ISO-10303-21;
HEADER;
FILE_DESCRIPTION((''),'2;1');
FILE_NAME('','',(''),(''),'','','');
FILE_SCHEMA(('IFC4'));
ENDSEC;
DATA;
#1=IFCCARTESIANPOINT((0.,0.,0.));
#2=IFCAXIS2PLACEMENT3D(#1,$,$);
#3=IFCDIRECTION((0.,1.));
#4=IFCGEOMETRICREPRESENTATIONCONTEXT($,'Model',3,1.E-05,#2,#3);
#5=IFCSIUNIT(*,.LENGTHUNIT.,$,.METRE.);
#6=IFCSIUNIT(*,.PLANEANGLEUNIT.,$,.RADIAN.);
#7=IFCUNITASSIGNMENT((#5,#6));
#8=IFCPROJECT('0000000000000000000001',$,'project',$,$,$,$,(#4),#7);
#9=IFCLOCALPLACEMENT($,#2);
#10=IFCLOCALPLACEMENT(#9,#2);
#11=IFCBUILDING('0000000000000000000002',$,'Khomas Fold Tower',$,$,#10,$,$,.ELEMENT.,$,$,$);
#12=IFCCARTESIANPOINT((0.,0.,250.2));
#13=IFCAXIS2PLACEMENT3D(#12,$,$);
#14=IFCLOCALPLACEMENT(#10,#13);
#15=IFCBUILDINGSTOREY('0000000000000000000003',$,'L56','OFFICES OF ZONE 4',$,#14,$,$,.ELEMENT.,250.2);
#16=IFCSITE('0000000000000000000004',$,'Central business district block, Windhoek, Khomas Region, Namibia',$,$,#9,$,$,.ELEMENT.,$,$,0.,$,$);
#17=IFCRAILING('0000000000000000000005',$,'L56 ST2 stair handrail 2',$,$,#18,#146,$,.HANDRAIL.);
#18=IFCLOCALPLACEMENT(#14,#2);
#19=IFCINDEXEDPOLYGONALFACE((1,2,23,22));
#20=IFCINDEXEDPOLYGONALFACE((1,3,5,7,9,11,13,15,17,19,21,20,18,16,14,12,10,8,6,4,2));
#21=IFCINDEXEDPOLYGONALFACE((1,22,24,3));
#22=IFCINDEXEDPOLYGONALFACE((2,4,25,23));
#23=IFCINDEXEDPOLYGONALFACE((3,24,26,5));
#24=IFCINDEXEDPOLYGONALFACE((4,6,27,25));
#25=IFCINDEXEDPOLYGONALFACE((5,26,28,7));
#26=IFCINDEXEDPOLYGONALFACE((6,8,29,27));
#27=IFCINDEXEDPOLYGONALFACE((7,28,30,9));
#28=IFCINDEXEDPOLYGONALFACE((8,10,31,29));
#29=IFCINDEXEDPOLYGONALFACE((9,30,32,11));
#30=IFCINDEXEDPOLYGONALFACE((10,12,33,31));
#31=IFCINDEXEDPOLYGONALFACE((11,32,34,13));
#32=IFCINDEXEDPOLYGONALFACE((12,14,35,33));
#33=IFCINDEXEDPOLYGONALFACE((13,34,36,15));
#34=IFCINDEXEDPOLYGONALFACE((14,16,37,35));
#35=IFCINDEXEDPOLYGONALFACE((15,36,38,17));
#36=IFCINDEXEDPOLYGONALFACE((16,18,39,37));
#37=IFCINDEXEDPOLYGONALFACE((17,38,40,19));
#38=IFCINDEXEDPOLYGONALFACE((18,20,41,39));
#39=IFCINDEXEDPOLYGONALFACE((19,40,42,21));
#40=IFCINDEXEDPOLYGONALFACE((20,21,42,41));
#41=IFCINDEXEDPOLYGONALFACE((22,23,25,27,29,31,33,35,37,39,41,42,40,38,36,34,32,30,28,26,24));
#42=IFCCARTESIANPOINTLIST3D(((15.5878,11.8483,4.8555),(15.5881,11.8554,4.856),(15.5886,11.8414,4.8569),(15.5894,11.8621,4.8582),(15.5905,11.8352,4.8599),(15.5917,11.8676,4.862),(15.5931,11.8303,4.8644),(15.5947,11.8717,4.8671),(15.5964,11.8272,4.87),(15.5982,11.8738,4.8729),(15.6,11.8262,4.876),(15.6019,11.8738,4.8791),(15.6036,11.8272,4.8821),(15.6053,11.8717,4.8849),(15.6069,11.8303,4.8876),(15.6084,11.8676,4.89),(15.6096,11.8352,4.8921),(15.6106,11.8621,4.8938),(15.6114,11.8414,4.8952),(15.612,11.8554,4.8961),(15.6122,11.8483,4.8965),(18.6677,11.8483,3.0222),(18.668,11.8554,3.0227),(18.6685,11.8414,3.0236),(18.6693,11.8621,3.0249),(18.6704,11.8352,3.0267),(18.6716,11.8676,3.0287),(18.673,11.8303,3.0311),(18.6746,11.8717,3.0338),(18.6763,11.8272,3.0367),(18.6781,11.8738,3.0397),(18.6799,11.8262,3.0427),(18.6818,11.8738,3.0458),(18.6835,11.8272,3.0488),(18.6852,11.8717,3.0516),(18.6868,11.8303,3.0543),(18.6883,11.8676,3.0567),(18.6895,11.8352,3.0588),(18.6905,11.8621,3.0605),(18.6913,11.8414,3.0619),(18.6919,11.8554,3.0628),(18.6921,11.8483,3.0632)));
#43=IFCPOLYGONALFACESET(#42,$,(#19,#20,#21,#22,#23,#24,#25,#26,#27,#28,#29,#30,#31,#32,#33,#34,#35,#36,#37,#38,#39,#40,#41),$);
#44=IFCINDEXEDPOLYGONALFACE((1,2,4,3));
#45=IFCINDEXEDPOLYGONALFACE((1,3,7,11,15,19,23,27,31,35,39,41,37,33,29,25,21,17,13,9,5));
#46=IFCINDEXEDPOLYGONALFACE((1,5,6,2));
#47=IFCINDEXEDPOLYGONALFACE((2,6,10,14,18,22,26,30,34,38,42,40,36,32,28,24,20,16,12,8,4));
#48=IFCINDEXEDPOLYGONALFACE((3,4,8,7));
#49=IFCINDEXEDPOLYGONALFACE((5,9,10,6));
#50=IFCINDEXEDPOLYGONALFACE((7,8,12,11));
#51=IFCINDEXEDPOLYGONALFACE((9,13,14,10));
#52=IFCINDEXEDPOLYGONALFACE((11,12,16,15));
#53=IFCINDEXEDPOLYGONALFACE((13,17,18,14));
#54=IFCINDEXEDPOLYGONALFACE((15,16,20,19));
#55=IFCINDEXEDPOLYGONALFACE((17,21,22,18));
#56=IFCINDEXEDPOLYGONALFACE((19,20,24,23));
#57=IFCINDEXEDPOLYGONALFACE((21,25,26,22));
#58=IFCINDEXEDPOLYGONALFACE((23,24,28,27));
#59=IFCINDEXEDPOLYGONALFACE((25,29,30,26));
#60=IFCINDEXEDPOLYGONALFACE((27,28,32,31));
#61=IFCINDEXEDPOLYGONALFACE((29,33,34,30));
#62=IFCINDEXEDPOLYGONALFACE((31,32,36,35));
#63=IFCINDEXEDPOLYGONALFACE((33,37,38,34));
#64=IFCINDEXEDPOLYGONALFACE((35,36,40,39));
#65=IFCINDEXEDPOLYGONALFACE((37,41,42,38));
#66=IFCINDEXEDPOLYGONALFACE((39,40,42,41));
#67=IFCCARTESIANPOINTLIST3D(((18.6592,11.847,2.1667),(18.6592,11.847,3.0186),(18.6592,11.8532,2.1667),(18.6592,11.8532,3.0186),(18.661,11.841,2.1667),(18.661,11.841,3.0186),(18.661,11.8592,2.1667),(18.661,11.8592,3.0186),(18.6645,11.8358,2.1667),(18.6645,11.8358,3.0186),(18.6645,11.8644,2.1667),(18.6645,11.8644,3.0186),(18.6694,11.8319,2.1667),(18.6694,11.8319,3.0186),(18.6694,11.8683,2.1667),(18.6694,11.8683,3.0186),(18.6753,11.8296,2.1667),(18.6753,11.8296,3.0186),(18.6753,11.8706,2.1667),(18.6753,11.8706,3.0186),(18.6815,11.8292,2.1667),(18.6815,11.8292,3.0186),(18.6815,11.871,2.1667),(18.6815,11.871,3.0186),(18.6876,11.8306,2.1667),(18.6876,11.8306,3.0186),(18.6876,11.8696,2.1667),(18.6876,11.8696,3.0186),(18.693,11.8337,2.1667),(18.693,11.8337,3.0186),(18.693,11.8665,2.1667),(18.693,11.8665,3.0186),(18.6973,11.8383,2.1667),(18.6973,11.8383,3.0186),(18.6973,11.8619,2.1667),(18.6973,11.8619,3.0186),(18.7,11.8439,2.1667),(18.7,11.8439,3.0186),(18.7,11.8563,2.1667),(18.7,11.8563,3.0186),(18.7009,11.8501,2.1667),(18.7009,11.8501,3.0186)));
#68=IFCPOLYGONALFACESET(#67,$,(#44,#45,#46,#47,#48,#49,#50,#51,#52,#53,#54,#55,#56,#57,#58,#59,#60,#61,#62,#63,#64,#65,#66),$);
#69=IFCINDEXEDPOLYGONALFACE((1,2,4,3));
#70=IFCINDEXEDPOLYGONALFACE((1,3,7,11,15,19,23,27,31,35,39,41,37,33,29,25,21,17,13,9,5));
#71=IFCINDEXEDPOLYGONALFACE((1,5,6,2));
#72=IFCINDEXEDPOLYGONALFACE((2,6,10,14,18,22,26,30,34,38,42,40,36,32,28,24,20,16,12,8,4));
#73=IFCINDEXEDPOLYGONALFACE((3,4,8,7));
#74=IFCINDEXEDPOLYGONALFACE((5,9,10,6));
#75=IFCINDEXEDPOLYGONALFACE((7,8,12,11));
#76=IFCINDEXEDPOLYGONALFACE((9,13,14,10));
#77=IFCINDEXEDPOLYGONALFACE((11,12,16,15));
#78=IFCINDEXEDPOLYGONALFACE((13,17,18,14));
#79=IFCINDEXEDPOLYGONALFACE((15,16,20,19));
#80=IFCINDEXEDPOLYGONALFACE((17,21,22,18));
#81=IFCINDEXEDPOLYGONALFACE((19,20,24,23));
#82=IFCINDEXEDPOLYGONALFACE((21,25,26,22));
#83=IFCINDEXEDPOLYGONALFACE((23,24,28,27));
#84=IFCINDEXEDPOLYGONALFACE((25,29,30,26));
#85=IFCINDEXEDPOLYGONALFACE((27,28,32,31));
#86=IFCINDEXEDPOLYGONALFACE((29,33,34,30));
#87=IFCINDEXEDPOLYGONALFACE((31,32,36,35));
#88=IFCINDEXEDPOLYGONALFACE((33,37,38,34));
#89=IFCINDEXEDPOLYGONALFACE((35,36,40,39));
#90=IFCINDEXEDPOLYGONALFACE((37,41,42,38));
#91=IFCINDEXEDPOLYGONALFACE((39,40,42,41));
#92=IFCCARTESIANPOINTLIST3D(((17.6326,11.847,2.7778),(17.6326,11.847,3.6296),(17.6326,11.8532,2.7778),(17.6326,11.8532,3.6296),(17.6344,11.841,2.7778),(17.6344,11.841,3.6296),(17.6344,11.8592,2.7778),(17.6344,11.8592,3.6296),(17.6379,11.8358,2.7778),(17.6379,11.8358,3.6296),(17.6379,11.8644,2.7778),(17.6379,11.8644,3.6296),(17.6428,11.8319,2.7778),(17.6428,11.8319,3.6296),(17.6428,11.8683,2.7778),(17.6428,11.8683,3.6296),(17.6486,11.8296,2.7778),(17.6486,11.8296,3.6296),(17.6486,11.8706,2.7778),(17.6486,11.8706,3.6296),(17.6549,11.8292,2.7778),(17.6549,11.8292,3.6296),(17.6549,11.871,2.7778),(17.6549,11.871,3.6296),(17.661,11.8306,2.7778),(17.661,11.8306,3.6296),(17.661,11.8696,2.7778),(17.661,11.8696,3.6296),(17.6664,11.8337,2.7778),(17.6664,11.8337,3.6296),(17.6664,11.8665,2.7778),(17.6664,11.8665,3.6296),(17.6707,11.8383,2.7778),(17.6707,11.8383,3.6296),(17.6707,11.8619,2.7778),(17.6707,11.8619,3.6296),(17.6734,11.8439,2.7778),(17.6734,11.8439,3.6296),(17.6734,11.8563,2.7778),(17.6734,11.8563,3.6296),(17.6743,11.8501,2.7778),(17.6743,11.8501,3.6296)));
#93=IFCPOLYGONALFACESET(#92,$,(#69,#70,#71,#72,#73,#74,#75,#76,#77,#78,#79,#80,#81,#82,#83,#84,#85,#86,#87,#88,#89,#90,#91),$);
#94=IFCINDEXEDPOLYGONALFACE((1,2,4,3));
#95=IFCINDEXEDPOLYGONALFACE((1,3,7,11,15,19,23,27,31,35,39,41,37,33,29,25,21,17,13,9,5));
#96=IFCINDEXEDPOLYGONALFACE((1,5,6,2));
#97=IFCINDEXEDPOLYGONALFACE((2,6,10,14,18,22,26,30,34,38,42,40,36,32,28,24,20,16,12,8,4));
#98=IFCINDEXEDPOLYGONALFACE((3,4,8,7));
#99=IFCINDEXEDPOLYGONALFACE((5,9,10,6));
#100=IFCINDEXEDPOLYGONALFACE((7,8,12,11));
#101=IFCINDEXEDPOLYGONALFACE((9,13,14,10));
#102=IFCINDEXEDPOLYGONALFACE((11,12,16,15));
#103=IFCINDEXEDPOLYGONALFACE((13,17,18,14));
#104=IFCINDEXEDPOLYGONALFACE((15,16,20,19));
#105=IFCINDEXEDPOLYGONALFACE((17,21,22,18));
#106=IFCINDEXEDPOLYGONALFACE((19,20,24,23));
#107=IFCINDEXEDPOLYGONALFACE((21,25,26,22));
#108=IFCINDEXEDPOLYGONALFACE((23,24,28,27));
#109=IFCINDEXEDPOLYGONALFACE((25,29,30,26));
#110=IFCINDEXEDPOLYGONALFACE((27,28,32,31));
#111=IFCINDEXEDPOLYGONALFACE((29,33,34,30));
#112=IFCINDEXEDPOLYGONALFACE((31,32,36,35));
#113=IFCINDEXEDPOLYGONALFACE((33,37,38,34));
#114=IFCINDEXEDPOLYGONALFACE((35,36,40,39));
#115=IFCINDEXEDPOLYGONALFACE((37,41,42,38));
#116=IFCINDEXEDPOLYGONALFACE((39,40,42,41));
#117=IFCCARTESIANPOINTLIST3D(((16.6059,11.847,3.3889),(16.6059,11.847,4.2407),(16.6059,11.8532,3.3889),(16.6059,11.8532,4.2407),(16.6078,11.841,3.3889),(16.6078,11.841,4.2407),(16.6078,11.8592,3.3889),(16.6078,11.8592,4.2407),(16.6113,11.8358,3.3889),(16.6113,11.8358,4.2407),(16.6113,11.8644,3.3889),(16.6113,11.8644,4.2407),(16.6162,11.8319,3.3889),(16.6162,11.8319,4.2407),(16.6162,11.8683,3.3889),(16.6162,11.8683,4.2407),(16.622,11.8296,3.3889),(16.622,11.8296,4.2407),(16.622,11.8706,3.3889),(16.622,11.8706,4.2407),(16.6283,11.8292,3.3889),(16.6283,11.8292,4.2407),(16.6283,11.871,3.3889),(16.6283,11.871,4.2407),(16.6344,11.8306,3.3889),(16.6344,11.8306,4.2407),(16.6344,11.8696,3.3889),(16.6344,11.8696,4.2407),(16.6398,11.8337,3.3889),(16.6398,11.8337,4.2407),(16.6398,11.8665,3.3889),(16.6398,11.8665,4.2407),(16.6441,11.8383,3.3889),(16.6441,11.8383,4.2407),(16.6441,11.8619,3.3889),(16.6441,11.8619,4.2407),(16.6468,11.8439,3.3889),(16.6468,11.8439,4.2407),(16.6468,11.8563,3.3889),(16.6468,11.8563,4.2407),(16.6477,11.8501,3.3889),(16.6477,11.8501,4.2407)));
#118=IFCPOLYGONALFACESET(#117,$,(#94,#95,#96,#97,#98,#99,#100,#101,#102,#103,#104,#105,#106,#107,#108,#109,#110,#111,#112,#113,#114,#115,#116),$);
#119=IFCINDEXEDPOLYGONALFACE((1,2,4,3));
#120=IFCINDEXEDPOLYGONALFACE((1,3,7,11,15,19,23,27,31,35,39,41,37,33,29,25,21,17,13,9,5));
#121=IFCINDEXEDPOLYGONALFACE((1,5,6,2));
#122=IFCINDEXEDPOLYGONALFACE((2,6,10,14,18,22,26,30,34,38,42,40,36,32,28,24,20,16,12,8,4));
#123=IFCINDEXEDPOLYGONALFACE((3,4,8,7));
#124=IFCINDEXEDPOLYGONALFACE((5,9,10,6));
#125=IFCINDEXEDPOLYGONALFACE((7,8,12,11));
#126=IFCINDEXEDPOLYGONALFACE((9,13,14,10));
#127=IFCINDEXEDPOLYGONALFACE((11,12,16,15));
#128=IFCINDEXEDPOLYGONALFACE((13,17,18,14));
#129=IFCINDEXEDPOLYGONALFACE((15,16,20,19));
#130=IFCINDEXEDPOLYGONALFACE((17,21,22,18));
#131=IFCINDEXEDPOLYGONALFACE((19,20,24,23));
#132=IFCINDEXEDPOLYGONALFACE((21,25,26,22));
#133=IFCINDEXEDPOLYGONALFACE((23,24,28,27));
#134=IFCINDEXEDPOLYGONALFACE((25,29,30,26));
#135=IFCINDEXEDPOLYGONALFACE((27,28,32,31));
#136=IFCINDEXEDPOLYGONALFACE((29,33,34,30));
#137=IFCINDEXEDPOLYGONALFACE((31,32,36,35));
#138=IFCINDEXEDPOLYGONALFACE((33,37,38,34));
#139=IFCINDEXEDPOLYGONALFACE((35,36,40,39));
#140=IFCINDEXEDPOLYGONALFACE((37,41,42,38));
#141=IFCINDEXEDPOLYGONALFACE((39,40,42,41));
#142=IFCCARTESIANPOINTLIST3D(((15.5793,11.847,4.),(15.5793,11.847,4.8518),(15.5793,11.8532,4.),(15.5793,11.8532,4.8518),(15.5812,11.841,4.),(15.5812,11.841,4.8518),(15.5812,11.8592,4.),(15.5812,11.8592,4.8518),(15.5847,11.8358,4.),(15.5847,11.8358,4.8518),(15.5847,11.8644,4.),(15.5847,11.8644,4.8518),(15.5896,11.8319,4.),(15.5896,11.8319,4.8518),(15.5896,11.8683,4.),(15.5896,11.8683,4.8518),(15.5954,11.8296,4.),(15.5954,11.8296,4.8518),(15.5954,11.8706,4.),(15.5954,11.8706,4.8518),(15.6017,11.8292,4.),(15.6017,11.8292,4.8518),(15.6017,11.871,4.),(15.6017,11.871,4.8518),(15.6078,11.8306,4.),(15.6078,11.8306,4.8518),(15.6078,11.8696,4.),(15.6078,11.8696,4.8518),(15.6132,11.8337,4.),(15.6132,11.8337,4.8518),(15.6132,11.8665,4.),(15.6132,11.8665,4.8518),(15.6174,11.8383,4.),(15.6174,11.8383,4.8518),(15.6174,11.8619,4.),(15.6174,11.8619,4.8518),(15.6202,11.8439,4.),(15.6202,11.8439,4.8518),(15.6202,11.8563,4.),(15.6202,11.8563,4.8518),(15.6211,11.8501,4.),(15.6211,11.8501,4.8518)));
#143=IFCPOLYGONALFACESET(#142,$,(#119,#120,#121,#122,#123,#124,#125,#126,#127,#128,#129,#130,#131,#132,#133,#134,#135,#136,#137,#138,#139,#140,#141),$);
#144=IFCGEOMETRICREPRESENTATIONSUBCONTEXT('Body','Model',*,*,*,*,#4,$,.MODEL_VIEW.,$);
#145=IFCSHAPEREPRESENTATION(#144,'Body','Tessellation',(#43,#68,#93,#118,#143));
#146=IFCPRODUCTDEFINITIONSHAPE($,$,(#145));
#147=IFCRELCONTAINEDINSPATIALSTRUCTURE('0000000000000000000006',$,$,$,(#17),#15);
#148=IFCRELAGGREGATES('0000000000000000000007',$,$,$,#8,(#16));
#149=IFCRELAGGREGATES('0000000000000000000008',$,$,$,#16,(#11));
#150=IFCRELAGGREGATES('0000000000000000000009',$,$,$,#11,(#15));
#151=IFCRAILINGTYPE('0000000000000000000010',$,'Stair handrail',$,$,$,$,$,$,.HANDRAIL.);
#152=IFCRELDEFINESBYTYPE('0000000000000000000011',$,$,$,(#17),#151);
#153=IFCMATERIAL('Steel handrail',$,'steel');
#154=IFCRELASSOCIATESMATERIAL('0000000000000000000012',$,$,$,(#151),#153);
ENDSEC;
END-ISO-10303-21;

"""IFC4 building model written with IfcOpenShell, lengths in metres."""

from ifc_helpers import new_model, si_unit, direction, frame, origin, origin_2d, place, context, subcontext, project, spatial, circle, extrude, source, transform, mapped, material, type_object, element, save


model = new_model("IFC4")

# Units and contexts
model_context = context("Model", 3, precision=1e-05, world=origin(), true_north=direction((0.0, 1.0)))
body_context = subcontext(model_context, "Body", "Model", "MODEL_VIEW")
ifc_project = project(units=[si_unit("LENGTHUNIT", "METRE"), si_unit("PLANEANGLEUNIT", "RADIAN")], contexts=[model_context])

# Site, building, storey
site_placement = place(None, origin())
site = spatial("IfcSite", under=ifc_project, at=site_placement, Name="Central business district block, Windhoek, Khomas Region, Namibia", CompositionType="ELEMENT", RefElevation=0.0)
building_placement = place(site_placement, origin())
building = spatial("IfcBuilding", under=site, at=building_placement, Name="Khomas Fold Tower", CompositionType="ELEMENT")
storey_placement = place(building_placement, frame((0.0, 0.0, 250.2)))
storey = spatial("IfcBuildingStorey", under=building, at=storey_placement, Name="L56", Description="OFFICES OF ZONE 4", CompositionType="ELEMENT", Elevation=250.2)

# Railing
ifc_material_1 = material(Name="Steel handrail", Category="steel")
railing_type_1 = type_object("IfcRailingType", Name="Stair handrail", PredefinedType="HANDRAIL", material=ifc_material_1)
shared_shape_1 = source(origin(), body_context, "Body", "SweptSolid", [
    extrude(circle(Radius=0.0239, at=origin_2d()), frame((0.0, 0.0, 0.876), z_axis=(-0.859291, 0.0, 0.511487), x_axis=(0.0, -1.0, 0.0)), (0.0, 0.0, 1.0), 3.5842),
    extrude(circle(Radius=0.021, at=origin_2d()), origin(), (0.0, 0.0, 1.0), 0.8518),
    extrude(circle(Radius=0.021, at=origin_2d()), frame((-1.0266, 0.0, 0.6111)), (0.0, 0.0, 1.0), 0.8518),
    extrude(circle(Radius=0.021, at=origin_2d()), frame((-2.0532, 0.0, 1.2222)), (0.0, 0.0, 1.0), 0.8518),
    extrude(circle(Radius=0.021, at=origin_2d()), frame((-3.0798, 0.0, 1.8333)), (0.0, 0.0, 1.0), 0.8518),
])
railing_1_placement = place(storey_placement, frame((18.6799, 11.8501, 2.1667)))
element("IfcRailing", 1, at=railing_1_placement, inside=storey, type_object=railing_type_1, Name="L56 ST2 stair handrail 2", PredefinedType="HANDRAIL", context=body_context, shape_type="MappedRepresentation", body=[
    mapped(shared_shape_1, transform((0.0, 0.0, 0.0))),
])

save(model, "model.ifc")
